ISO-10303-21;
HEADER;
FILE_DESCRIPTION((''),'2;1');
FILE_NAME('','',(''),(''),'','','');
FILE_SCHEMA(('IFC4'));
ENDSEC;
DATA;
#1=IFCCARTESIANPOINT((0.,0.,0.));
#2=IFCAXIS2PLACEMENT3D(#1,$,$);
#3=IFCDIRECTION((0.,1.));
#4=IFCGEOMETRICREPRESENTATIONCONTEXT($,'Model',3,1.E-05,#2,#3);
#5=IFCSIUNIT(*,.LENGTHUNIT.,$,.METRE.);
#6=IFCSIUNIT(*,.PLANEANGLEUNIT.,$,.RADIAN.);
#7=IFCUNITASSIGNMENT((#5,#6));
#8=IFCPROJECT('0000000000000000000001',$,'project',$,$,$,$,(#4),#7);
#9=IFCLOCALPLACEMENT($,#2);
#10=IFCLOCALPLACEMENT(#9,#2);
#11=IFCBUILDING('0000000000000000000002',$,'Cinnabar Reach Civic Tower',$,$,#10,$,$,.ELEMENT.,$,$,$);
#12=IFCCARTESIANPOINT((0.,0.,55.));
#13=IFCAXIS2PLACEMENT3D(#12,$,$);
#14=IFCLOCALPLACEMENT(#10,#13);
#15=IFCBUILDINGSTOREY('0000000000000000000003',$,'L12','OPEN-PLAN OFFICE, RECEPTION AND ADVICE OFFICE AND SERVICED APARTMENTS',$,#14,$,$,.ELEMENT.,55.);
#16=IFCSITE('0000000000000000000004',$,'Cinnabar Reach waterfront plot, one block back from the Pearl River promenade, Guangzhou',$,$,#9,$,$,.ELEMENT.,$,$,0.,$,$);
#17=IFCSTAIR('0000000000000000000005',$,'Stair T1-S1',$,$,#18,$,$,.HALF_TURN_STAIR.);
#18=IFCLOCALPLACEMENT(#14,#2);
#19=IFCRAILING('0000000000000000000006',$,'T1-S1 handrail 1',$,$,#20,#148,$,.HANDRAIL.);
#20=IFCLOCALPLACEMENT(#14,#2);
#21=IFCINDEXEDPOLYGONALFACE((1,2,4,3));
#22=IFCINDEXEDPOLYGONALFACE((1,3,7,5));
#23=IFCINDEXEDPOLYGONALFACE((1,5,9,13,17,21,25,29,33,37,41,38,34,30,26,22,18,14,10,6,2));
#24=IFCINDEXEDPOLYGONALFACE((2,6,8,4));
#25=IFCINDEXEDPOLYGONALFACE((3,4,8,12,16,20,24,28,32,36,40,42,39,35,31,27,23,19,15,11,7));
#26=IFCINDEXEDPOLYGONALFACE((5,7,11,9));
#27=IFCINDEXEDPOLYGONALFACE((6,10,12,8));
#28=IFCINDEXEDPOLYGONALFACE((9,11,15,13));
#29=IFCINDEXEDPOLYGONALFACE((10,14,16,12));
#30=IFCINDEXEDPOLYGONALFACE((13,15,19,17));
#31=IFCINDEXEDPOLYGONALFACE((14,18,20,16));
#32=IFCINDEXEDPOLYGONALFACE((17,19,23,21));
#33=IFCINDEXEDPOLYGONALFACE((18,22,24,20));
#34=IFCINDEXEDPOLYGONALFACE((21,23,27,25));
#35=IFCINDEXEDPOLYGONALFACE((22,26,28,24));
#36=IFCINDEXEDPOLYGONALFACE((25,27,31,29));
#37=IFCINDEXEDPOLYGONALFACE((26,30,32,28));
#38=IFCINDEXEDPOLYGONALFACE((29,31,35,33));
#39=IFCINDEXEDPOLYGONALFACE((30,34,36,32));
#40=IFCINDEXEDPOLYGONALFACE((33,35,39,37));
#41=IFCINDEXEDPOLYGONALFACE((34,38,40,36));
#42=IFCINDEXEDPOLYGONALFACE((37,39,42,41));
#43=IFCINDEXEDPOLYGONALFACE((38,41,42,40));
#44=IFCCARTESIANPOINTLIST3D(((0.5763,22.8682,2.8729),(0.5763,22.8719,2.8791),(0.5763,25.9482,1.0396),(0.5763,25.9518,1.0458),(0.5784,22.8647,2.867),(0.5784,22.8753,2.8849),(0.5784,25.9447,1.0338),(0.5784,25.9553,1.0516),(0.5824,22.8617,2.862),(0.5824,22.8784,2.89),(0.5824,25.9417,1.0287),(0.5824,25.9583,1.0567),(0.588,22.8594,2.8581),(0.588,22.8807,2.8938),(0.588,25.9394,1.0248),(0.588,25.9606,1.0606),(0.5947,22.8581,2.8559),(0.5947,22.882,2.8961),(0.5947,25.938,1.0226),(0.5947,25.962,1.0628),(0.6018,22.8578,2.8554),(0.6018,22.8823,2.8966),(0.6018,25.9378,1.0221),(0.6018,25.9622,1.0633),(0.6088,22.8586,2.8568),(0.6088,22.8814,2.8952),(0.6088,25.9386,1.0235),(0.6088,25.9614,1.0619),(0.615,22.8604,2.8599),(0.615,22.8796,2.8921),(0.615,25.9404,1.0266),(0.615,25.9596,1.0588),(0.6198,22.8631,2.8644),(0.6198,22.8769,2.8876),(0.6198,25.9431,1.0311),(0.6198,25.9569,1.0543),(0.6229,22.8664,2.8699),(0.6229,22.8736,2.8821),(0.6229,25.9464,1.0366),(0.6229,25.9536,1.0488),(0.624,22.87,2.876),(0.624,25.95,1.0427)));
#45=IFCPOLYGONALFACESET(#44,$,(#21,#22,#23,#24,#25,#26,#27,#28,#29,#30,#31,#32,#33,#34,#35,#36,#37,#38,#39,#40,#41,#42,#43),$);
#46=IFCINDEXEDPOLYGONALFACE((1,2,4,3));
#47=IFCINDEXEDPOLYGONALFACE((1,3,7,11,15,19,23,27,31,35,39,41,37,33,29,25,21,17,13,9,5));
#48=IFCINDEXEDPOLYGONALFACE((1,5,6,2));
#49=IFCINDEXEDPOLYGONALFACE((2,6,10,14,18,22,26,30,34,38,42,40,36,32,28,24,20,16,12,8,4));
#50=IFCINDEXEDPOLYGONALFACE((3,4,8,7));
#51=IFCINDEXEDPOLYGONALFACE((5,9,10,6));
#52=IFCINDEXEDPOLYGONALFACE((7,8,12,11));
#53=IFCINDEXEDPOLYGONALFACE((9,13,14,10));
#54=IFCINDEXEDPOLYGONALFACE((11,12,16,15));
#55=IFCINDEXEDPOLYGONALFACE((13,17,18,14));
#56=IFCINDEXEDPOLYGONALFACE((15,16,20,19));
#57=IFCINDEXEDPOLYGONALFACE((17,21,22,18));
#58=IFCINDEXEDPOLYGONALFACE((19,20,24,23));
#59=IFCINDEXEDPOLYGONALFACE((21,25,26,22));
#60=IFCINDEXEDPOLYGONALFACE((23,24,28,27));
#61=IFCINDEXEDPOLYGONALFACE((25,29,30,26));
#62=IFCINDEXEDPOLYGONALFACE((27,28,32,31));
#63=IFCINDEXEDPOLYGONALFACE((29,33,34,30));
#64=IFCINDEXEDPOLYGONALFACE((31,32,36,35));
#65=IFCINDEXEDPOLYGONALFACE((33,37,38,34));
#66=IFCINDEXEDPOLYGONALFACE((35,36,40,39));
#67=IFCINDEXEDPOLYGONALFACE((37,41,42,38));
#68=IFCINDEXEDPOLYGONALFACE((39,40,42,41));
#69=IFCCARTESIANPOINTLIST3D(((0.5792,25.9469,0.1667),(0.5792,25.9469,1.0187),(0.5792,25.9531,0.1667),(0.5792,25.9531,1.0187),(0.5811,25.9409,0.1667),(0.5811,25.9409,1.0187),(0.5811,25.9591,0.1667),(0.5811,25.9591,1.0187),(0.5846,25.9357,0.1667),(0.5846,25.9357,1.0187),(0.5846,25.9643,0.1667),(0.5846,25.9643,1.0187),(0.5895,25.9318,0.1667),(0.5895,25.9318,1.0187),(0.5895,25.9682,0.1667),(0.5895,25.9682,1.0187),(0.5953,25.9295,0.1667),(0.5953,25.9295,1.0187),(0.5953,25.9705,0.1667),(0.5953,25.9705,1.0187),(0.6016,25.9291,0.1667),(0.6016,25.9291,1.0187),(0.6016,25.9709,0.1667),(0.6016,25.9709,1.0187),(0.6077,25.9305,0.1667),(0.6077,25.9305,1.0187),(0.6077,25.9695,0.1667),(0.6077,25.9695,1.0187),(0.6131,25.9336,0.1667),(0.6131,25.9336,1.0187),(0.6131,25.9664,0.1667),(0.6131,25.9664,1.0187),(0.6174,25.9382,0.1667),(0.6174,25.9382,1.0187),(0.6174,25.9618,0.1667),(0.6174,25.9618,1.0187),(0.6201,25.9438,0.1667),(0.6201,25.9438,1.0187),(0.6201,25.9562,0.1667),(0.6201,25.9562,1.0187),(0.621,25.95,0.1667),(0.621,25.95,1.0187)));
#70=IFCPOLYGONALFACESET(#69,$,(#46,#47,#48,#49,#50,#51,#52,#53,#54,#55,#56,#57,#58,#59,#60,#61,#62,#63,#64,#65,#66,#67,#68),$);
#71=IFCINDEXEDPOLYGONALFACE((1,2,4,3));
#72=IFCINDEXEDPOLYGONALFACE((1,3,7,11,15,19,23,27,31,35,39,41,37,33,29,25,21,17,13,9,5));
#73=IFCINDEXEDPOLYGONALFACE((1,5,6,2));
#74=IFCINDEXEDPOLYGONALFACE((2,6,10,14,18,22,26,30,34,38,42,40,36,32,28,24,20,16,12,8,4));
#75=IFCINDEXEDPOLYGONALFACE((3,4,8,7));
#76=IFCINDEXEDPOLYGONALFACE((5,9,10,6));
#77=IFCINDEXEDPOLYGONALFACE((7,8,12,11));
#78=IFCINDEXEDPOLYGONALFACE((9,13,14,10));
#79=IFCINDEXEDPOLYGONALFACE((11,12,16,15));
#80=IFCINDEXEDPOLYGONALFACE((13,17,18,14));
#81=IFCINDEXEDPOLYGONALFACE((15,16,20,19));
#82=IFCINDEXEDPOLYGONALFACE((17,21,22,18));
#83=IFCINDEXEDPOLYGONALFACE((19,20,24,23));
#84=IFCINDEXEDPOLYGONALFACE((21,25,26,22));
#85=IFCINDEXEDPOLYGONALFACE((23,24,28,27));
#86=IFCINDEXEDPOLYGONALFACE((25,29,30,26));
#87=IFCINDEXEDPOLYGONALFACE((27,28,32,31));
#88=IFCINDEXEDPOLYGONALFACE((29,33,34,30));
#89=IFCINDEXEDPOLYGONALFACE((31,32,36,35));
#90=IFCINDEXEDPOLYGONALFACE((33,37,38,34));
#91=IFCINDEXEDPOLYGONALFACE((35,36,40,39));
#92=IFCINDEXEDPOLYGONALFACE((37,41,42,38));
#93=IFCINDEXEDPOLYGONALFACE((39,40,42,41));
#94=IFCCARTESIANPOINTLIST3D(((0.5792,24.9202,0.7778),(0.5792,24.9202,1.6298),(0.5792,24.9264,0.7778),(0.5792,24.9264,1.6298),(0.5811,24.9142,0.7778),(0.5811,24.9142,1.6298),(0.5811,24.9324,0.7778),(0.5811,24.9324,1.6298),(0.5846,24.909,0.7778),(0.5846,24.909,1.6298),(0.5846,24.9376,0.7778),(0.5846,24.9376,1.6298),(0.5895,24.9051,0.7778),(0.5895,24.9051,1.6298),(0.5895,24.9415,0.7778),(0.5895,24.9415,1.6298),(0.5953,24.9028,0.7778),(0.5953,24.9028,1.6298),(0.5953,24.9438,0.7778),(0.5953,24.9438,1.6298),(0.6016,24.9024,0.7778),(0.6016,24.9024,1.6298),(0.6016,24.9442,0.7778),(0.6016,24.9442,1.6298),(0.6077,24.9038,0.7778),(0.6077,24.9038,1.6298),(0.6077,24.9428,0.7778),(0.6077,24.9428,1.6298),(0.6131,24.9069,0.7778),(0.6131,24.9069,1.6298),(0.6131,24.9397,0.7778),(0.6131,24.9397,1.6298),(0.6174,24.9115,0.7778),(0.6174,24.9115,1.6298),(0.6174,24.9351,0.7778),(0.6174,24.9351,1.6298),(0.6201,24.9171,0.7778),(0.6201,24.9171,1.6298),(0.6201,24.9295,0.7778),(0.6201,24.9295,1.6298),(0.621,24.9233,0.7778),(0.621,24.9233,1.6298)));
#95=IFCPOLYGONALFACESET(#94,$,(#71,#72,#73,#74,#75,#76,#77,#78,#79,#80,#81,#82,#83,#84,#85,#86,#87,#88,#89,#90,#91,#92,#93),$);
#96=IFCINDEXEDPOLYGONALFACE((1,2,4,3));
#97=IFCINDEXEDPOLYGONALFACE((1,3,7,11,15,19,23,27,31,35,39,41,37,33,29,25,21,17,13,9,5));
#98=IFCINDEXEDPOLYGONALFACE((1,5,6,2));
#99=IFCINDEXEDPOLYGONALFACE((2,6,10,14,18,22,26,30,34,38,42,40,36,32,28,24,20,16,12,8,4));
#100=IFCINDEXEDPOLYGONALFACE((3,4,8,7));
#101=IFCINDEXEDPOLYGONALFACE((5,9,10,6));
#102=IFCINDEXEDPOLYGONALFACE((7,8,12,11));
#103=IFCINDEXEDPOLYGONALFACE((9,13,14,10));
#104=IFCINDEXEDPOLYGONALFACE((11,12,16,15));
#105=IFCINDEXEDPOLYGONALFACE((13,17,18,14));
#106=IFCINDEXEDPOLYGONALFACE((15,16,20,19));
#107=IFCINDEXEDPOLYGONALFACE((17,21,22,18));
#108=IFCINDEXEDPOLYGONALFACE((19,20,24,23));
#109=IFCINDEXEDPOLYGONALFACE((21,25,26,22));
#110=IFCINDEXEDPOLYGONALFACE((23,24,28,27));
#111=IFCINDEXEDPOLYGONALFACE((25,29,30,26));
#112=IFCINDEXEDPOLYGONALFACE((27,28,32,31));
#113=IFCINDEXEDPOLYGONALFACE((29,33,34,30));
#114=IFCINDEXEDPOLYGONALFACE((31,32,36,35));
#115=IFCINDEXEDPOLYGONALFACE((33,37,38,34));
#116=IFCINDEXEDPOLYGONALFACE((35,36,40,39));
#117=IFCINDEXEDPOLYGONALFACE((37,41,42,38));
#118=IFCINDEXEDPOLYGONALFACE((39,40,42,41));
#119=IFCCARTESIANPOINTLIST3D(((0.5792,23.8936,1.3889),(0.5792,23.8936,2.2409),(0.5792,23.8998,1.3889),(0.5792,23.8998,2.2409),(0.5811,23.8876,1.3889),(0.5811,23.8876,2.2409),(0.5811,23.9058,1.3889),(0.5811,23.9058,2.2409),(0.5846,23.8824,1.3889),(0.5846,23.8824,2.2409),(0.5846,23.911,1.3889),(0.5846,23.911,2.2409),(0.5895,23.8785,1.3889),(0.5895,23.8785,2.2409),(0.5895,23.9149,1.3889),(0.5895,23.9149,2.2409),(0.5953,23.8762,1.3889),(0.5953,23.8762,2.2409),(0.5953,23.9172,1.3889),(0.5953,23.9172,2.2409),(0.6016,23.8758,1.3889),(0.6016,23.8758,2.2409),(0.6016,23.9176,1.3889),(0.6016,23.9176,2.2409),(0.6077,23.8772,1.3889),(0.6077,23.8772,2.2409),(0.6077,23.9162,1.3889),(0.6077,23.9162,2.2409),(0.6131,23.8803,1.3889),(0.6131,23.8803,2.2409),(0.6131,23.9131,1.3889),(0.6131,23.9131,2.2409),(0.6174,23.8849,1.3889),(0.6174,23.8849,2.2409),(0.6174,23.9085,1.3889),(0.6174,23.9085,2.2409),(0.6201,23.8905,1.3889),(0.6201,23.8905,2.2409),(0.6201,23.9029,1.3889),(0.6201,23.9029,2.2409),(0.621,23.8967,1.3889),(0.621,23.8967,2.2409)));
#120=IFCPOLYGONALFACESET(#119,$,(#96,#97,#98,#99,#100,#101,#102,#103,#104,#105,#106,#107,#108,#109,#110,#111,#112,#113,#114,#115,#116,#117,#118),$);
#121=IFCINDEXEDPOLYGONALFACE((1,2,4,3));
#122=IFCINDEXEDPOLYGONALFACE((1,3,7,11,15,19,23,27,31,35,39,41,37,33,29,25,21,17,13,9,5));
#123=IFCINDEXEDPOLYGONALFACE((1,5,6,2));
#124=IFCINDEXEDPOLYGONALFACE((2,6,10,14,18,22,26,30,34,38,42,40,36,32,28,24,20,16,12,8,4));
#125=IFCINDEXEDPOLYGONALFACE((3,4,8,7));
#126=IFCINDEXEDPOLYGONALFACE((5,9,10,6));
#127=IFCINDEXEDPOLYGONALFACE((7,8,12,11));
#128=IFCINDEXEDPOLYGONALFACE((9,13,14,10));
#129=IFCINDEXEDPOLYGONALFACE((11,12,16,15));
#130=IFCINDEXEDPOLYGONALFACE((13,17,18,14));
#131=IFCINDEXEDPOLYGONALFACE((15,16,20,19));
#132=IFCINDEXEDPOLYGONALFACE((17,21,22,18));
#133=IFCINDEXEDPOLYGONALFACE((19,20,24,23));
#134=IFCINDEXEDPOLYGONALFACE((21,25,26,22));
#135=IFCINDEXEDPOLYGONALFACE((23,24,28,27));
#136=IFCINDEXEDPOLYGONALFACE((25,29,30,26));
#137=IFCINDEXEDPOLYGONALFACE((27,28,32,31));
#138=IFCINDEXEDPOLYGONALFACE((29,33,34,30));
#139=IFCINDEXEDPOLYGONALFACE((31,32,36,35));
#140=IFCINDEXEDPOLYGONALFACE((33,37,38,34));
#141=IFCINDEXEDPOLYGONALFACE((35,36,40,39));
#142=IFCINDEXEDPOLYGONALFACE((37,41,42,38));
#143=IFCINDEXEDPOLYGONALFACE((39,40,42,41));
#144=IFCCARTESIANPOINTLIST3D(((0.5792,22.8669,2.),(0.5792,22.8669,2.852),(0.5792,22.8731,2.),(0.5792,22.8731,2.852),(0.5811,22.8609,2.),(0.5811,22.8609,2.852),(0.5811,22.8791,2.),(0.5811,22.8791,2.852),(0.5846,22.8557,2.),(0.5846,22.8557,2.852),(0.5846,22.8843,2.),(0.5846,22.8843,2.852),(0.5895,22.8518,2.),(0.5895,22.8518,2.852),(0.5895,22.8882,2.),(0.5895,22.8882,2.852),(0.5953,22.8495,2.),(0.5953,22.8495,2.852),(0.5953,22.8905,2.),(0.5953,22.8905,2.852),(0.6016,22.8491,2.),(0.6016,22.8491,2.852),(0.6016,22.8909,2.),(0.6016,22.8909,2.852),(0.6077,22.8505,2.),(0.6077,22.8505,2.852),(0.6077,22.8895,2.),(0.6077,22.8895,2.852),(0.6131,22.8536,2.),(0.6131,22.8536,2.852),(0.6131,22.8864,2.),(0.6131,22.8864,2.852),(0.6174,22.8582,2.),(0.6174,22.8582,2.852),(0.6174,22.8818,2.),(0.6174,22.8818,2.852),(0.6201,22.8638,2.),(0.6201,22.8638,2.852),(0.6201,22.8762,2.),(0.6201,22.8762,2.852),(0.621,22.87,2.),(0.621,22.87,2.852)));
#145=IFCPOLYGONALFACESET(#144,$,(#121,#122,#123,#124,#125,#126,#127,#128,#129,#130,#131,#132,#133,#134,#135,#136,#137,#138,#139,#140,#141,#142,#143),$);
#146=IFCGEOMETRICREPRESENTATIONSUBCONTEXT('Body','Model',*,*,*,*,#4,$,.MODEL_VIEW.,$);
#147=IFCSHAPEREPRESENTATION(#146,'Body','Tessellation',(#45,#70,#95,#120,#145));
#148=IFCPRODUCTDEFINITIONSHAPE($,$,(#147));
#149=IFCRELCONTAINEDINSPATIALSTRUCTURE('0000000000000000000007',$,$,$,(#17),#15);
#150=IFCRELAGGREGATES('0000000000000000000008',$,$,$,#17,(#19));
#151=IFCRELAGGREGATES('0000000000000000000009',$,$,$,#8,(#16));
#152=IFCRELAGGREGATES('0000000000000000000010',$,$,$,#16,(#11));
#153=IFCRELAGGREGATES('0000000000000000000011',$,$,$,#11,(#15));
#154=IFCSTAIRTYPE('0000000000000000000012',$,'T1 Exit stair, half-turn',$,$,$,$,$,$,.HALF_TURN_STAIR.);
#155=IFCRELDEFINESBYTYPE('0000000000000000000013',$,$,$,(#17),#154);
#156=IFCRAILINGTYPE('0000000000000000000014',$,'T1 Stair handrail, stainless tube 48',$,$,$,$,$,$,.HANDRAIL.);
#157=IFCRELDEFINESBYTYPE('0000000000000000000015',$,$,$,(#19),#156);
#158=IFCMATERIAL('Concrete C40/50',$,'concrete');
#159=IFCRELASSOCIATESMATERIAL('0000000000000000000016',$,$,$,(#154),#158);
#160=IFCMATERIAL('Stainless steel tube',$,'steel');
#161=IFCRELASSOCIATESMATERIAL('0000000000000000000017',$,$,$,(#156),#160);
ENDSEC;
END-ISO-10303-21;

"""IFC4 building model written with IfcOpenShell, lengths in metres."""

from ifc_helpers import new_model, si_unit, direction, frame, origin, origin_2d, place, context, subcontext, project, spatial, circle, extrude, material, type_object, element, aggregate, save


model = new_model("IFC4")

# Units and contexts
model_context = context("Model", 3, precision=1e-05, world=origin(), true_north=direction((0.0, 1.0)))
body_context = subcontext(model_context, "Body", "Model", "MODEL_VIEW")
ifc_project = project(units=[si_unit("LENGTHUNIT", "METRE"), si_unit("PLANEANGLEUNIT", "RADIAN")], contexts=[model_context])

# Site, building, storey
site_placement = place(None, origin())
site = spatial("IfcSite", under=ifc_project, at=site_placement, Name="Cinnabar Reach waterfront plot, one block back from the Pearl River promenade, Guangzhou", CompositionType="ELEMENT", RefElevation=0.0)
building_placement = place(site_placement, origin())
building = spatial("IfcBuilding", under=site, at=building_placement, Name="Cinnabar Reach Civic Tower", CompositionType="ELEMENT")
storey_placement = place(building_placement, frame((0.0, 0.0, 55.0)))
storey = spatial("IfcBuildingStorey", under=building, at=storey_placement, Name="L12", Description="OPEN-PLAN OFFICE, RECEPTION AND ADVICE OFFICE AND SERVICED APARTMENTS", CompositionType="ELEMENT", Elevation=55.0)

# Shared definitions
ifc_material_1 = material(Name="Concrete C40/50", Category="concrete")

# Stair, railing
stair_type_1 = type_object("IfcStairType", Name="T1 Exit stair, half-turn", PredefinedType="HALF_TURN_STAIR", material=ifc_material_1)
stair_1_placement = place(storey_placement, origin())
stair_1 = element("IfcStair", 1, at=stair_1_placement, inside=storey, type_object=stair_type_1, Name="Stair T1-S1", PredefinedType="HALF_TURN_STAIR")
ifc_material_2 = material(Name="Stainless steel tube", Category="steel")
railing_type_1 = type_object("IfcRailingType", Name="T1 Stair handrail, stainless tube 48", PredefinedType="HANDRAIL", material=ifc_material_2)
railing_1_placement = place(storey_placement, frame((0.6, 25.95, 0.1667)))
railing_1 = element("IfcRailing", 2, at=railing_1_placement, type_object=railing_type_1, Name="T1-S1 handrail 1", PredefinedType="HANDRAIL", context=body_context, shape_type="SweptSolid", body=[
    extrude(circle(Radius=0.024, at=origin_2d()), frame((0.0, 0.0, 0.876), z_axis=(0.0, -0.859297, 0.511477), x_axis=(1.0, 0.0, 0.0)), (0.0, 0.0, 1.0), 3.5843),
    extrude(circle(Radius=0.021, at=origin_2d()), origin(), (0.0, 0.0, 1.0), 0.852),
    extrude(circle(Radius=0.021, at=origin_2d()), frame((0.0, -1.0267, 0.6111)), (0.0, 0.0, 1.0), 0.852),
    extrude(circle(Radius=0.021, at=origin_2d()), frame((0.0, -2.0533, 1.2222)), (0.0, 0.0, 1.0), 0.852),
    extrude(circle(Radius=0.021, at=origin_2d()), frame((0.0, -3.08, 1.8333)), (0.0, 0.0, 1.0), 0.852),
])
aggregate(stair_1, [railing_1])

save(model, "model.ifc")
